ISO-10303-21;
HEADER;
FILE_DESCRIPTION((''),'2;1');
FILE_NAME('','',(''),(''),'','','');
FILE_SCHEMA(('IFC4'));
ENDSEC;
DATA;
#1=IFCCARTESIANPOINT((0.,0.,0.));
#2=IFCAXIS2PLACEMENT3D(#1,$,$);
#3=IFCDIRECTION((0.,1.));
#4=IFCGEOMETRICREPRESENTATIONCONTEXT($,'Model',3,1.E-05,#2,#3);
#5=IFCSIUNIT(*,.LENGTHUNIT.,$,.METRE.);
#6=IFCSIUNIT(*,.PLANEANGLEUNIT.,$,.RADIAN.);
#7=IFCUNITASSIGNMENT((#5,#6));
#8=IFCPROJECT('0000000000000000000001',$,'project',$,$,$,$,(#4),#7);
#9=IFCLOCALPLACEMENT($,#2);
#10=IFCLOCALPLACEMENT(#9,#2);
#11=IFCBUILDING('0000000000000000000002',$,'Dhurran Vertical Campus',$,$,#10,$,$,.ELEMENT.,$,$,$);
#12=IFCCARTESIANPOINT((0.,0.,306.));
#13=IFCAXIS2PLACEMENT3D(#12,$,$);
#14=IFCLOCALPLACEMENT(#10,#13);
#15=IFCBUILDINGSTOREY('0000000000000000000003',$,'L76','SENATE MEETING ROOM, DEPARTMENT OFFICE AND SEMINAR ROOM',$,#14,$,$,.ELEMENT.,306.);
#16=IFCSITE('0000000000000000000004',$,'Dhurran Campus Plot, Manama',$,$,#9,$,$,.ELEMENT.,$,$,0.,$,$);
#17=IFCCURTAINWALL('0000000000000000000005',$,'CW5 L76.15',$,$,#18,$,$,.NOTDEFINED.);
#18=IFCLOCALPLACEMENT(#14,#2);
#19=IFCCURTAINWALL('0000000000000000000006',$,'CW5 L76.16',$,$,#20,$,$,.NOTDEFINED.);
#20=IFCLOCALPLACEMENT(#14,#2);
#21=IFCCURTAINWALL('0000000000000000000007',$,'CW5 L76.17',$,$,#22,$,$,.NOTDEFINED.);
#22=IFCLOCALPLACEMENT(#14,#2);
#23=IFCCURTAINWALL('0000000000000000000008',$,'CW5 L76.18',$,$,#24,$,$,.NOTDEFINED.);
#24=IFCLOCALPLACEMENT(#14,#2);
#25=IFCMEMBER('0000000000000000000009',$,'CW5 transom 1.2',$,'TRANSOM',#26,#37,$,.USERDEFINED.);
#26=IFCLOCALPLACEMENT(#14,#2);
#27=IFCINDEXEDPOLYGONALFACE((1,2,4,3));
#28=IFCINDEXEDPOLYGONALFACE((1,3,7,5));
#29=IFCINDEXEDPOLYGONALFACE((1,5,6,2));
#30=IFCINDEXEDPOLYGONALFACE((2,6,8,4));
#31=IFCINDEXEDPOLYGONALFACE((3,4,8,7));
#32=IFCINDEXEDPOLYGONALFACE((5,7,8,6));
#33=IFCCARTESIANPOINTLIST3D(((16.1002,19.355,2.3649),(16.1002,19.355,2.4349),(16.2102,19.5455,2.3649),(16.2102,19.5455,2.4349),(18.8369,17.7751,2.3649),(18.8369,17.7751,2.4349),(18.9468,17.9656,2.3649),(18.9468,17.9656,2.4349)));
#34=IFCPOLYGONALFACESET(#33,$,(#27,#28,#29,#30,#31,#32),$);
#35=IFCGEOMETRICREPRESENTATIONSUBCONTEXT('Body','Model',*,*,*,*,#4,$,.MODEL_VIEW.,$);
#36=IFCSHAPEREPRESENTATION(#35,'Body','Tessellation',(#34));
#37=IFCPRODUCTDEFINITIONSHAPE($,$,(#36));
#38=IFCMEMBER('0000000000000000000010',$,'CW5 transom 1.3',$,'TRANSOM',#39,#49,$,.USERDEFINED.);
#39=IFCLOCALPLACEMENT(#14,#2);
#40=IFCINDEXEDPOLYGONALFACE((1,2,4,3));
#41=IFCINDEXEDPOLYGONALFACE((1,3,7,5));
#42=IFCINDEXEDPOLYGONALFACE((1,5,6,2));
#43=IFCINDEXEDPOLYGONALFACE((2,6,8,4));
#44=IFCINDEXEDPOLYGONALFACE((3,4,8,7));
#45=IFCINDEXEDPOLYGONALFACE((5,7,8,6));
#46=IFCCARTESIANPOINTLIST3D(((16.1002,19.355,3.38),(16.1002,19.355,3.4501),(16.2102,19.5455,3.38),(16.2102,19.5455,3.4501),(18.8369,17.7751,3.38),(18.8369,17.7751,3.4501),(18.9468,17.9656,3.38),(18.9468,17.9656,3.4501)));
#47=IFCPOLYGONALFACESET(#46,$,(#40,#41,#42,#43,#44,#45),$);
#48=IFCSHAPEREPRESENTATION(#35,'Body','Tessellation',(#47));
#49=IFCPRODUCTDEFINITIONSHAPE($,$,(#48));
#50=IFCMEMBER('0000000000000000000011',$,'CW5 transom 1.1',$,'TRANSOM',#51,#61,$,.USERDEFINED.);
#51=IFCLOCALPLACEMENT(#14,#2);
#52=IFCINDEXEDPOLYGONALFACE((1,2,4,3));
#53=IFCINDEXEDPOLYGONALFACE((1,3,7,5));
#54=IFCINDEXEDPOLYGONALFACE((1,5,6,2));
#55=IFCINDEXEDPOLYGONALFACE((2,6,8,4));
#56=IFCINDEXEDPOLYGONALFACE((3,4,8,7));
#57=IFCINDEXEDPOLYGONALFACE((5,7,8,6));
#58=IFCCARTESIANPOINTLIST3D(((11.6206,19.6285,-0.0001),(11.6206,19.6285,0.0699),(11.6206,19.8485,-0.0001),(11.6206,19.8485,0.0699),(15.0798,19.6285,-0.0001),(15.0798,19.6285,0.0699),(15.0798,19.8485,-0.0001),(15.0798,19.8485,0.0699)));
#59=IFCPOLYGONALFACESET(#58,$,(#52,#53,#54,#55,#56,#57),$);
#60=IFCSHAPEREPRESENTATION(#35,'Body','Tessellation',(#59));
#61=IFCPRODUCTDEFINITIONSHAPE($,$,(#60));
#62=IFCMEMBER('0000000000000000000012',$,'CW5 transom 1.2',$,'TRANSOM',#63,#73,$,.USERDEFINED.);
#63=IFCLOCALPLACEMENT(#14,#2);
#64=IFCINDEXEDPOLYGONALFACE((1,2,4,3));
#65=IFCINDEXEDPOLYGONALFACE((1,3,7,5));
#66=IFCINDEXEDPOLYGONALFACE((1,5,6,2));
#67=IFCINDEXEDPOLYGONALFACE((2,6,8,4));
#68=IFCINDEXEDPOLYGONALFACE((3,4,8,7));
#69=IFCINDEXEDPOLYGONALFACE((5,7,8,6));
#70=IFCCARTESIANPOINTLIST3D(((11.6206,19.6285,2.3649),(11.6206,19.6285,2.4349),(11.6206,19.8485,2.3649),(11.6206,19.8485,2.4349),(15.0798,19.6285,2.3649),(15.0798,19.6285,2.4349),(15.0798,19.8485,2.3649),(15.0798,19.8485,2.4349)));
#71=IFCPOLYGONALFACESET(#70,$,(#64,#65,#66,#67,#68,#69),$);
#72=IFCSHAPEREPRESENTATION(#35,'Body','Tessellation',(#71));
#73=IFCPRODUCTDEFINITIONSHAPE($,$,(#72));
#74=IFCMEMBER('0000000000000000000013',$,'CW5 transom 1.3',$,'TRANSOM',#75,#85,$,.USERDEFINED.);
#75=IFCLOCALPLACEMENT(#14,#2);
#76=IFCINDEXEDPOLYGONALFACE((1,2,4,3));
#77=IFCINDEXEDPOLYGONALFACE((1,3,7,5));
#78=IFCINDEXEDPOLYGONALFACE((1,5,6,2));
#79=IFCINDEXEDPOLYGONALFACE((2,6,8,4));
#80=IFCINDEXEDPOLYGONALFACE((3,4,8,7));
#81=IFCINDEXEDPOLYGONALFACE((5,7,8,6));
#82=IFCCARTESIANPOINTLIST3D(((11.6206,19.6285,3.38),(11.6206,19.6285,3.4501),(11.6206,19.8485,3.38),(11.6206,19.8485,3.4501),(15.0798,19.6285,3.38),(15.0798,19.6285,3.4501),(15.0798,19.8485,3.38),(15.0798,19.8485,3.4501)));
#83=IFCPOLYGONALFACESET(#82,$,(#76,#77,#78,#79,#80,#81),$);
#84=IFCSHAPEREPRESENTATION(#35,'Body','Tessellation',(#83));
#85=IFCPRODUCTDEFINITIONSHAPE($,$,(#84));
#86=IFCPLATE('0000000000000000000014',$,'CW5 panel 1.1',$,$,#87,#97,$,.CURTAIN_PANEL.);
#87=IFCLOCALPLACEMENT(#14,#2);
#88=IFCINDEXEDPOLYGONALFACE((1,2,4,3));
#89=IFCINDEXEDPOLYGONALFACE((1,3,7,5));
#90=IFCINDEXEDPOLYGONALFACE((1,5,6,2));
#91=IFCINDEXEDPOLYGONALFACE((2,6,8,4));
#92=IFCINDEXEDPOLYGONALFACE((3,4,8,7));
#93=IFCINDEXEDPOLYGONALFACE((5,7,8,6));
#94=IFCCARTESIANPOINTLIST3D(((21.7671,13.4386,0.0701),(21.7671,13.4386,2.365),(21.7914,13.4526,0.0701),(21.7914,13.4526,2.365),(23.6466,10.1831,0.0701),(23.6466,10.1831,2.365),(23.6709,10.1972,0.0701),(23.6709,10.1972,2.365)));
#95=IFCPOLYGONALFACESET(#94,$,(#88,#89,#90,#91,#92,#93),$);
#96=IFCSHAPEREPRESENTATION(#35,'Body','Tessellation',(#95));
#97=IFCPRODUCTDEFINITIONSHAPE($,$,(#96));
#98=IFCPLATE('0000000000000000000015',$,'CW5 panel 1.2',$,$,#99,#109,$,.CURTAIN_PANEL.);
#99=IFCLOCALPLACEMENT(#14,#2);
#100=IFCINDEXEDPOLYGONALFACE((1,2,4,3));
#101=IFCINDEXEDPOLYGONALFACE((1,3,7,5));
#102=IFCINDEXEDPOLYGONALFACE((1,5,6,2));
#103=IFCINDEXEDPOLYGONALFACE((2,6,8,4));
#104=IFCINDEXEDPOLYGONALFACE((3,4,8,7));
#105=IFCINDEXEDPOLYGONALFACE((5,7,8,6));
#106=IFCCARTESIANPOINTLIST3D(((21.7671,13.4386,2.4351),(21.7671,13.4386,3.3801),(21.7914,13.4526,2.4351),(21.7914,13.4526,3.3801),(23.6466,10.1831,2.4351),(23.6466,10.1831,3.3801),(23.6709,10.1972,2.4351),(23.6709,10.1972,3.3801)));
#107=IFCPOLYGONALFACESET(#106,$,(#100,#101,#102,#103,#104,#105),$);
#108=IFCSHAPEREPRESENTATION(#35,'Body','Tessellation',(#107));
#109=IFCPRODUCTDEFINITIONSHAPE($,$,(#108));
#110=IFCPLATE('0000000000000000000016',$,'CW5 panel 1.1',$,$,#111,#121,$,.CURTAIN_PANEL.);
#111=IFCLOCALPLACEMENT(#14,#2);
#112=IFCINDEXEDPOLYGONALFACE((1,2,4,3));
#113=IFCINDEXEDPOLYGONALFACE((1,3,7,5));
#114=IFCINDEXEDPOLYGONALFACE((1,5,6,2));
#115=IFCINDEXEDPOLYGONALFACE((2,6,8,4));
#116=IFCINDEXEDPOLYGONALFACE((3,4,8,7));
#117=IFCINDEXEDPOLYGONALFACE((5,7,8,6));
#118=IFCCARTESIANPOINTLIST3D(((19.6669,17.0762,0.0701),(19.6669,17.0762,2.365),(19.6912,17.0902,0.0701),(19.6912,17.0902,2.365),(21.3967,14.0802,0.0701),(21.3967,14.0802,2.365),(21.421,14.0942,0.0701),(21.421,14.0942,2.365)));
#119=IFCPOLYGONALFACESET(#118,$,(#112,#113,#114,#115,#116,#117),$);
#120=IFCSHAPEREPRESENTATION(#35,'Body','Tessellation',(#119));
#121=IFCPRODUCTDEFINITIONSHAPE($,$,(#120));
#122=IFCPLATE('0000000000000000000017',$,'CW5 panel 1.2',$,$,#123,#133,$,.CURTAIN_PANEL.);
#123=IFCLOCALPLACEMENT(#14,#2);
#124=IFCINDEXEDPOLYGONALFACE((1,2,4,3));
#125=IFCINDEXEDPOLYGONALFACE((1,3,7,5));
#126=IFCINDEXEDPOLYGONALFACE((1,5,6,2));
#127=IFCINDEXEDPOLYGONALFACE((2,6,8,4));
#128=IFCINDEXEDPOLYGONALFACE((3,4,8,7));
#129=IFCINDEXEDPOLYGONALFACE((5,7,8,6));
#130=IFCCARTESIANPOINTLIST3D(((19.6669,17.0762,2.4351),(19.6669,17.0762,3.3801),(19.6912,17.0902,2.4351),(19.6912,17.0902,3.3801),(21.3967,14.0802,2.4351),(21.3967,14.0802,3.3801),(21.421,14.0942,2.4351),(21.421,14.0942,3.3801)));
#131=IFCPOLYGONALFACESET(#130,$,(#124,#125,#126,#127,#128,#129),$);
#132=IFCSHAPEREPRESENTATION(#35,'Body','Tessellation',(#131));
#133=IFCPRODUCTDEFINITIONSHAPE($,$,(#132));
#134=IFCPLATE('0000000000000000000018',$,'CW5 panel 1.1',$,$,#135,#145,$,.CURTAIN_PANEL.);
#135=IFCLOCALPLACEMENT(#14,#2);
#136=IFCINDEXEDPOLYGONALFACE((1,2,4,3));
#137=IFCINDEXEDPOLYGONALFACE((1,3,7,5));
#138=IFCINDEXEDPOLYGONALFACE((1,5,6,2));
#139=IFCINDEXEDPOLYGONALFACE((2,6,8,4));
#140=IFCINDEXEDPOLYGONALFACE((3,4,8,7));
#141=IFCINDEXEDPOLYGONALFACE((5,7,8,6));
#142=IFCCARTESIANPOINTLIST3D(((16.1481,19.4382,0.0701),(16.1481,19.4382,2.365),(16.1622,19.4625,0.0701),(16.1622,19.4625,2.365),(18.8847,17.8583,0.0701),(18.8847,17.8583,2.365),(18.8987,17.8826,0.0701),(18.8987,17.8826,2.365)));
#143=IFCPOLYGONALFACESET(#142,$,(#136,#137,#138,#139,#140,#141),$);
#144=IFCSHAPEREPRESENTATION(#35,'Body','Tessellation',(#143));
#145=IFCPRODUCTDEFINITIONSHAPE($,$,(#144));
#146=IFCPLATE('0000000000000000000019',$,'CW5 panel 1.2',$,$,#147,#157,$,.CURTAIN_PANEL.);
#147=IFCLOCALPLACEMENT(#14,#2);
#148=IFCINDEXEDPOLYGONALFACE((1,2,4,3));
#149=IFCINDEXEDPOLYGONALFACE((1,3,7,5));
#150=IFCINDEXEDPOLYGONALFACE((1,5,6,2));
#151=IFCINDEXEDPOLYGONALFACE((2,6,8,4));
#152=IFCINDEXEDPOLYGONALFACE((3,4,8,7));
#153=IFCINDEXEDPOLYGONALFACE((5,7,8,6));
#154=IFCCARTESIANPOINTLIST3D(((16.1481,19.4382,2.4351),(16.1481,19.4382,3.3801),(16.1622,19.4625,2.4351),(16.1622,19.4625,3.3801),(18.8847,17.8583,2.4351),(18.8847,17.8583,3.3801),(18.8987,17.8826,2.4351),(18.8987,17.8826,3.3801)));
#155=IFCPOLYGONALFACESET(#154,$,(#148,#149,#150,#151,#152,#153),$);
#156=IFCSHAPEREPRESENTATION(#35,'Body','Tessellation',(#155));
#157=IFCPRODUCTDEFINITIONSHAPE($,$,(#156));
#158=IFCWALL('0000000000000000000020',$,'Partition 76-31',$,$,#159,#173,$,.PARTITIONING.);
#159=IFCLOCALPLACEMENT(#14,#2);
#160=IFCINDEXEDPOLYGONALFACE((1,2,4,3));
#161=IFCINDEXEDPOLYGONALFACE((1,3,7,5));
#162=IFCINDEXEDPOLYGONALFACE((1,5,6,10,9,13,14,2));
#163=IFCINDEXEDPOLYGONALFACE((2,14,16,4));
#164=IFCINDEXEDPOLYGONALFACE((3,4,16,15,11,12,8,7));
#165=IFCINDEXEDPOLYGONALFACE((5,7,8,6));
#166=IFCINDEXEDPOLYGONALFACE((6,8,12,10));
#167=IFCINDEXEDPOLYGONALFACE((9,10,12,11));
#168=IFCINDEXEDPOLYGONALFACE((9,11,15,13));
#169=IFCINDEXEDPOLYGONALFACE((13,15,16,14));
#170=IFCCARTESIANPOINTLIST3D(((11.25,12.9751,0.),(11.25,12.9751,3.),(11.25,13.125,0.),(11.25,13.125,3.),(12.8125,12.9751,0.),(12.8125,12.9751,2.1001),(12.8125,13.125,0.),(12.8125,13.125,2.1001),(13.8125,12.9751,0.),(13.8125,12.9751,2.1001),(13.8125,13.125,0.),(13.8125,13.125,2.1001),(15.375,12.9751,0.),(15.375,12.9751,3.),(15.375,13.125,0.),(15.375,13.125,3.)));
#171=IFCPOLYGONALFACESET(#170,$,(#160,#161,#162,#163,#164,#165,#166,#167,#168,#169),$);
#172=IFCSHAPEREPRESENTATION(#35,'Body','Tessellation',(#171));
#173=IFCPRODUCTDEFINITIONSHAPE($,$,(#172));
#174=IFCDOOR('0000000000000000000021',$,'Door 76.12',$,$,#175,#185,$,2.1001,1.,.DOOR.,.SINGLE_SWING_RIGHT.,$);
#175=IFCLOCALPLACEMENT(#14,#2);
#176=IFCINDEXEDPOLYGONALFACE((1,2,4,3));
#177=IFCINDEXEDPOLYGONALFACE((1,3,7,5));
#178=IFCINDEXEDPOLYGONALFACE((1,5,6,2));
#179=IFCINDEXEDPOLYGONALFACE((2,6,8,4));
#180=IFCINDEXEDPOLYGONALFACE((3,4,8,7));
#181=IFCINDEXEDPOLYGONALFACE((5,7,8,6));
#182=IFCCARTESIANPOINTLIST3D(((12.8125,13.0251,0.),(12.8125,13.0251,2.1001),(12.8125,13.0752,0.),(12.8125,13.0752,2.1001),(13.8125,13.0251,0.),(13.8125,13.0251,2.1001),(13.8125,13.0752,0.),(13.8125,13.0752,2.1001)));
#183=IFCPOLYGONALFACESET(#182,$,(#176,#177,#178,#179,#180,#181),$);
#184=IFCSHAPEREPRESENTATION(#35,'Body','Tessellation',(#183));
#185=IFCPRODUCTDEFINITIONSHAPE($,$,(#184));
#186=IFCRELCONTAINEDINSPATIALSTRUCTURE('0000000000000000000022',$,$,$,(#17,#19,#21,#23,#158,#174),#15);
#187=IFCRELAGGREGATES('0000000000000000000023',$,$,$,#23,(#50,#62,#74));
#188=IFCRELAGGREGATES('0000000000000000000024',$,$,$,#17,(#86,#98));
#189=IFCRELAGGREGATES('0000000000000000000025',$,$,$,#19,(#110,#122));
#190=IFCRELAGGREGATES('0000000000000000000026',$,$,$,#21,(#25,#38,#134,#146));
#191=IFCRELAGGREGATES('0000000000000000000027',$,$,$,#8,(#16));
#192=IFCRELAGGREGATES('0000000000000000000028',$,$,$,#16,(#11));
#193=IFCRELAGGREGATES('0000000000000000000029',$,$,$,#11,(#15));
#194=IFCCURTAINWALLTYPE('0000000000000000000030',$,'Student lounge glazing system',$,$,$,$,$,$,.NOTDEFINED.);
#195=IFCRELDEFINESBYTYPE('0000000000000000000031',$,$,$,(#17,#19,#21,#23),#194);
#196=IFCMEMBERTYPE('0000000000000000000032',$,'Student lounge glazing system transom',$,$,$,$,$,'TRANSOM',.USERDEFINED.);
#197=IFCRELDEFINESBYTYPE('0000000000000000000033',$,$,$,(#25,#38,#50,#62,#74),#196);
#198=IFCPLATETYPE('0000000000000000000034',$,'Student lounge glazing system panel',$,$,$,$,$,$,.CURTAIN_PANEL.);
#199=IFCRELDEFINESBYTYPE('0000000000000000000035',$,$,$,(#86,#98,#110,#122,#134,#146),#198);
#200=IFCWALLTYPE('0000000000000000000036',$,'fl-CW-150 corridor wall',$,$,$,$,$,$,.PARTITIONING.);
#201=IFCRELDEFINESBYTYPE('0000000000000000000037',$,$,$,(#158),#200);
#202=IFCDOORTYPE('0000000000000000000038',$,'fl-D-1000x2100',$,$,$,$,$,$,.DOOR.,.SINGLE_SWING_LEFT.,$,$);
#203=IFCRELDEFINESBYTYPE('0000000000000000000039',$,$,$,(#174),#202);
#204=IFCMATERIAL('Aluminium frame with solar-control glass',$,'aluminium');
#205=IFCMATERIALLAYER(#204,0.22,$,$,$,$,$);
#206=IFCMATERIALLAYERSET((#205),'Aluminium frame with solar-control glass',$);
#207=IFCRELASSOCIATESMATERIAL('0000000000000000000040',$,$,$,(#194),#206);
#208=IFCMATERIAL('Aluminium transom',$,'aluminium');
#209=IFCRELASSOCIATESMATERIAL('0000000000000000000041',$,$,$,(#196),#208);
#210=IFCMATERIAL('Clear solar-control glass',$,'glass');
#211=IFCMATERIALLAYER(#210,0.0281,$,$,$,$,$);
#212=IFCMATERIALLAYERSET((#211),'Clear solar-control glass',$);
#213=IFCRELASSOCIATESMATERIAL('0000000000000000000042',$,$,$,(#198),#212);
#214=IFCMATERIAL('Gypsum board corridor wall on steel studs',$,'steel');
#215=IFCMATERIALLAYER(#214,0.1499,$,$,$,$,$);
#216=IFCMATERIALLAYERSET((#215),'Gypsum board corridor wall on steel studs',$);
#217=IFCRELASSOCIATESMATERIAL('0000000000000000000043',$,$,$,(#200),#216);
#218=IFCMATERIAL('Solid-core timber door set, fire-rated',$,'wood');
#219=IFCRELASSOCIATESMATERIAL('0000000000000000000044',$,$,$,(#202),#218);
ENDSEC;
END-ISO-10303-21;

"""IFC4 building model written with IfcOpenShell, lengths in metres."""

from ifc_helpers import new_model, si_unit, direction, frame, frame_2d, origin, origin_2d, place, context, subcontext, project, spatial, rectangle, extrude, material, layer, layer_set, material_profile, profile_set, type_object, element, fill, aggregate, save


model = new_model("IFC4")

# Units and contexts
model_context = context("Model", 3, precision=1e-05, world=origin(), true_north=direction((0.0, 1.0)))
body_context = subcontext(model_context, "Body", "Model", "MODEL_VIEW")
ifc_project = project(units=[si_unit("LENGTHUNIT", "METRE"), si_unit("PLANEANGLEUNIT", "RADIAN")], contexts=[model_context])

# Site, building, storey
site_placement = place(None, origin())
site = spatial("IfcSite", under=ifc_project, at=site_placement, Name="Dhurran Campus Plot, Manama", CompositionType="ELEMENT", RefElevation=0.0)
building_placement = place(site_placement, origin())
building = spatial("IfcBuilding", under=site, at=building_placement, Name="Dhurran Vertical Campus", CompositionType="ELEMENT")
storey_placement = place(building_placement, frame((0.0, 0.0, 306.0)))
storey = spatial("IfcBuildingStorey", under=building, at=storey_placement, Name="L76", Description="SENATE MEETING ROOM, DEPARTMENT OFFICE AND SEMINAR ROOM", CompositionType="ELEMENT", Elevation=306.0)

# Curtain wall
ifc_material_1 = material(Name="Aluminium frame with solar-control glass", Category="aluminium")
ifc_layer_1 = layer(ifc_material_1, 0.22)
ifc_layer_set_1 = layer_set([ifc_layer_1], Name="Aluminium frame with solar-control glass")
curtain_wall_type = type_object("IfcCurtainWallType", Name="Student lounge glazing system", PredefinedType="NOTDEFINED", material=ifc_layer_set_1)
curtain_wall_1_placement = place(storey_placement, origin())
curtain_wall_1 = element("IfcCurtainWall", 1, at=curtain_wall_1_placement, inside=storey, type_object=curtain_wall_type, Name="CW5 L76.15", PredefinedType="NOTDEFINED")

# Curtain walls
curtain_wall_2_placement = place(storey_placement, origin())
curtain_wall_2 = element("IfcCurtainWall", 2, at=curtain_wall_2_placement, inside=storey, type_object=curtain_wall_type, Name="CW5 L76.16", PredefinedType="NOTDEFINED")
curtain_wall_3_placement = place(storey_placement, origin())
curtain_wall_3 = element("IfcCurtainWall", 3, at=curtain_wall_3_placement, inside=storey, type_object=curtain_wall_type, Name="CW5 L76.17", PredefinedType="NOTDEFINED")

# Curtain wall
curtain_wall_4_placement = place(storey_placement, origin())
curtain_wall_4 = element("IfcCurtainWall", 4, at=curtain_wall_4_placement, inside=storey, type_object=curtain_wall_type, Name="CW5 L76.18", PredefinedType="NOTDEFINED")

# Members
ifc_material_2 = material(Name="Aluminium transom", Category="aluminium")
ifc_material_profile_1 = material_profile(ifc_material_2, rectangle(XDim=0.22, YDim=0.0701, at=origin_2d()), Name="Student lounge glazing system transom")
ifc_profile_set_1 = profile_set([ifc_material_profile_1], Name="Aluminium transom")
member_type_1 = type_object("IfcMemberType", Name="Student lounge glazing system transom", ElementType="TRANSOM", PredefinedType="USERDEFINED", material=ifc_profile_set_1)
member_1_placement = place(storey_placement, frame((18.8918, 17.8704, 2.3999), z_axis=(-0.866043, 0.49997, 0.0), x_axis=(-0.49997, -0.866043, 0.0)))
member_1 = element("IfcMember", 5, at=member_1_placement, type_object=member_type_1, Name="CW5 transom 1.2", ObjectType="TRANSOM", PredefinedType="USERDEFINED", context=body_context, shape_type="SweptSolid", body=[
    extrude(rectangle(XDim=0.22, YDim=0.0701, at=origin_2d()), origin(), (0.0, 0.0, 1.0), 3.1599),
])
member_2_placement = place(storey_placement, frame((18.8918, 17.8704, 3.415), z_axis=(-0.866043, 0.49997, 0.0), x_axis=(-0.49997, -0.866043, 0.0)))
member_2 = element("IfcMember", 6, at=member_2_placement, type_object=member_type_1, Name="CW5 transom 1.3", ObjectType="TRANSOM", PredefinedType="USERDEFINED", context=body_context, shape_type="SweptSolid", body=[
    extrude(rectangle(XDim=0.22, YDim=0.0701, at=origin_2d()), origin(), (0.0, 0.0, 1.0), 3.1599),
])
member_3_placement = place(storey_placement, frame((15.0798, 19.7385, 0.0349), z_axis=(-1.0, 0.0, 0.0), x_axis=(0.0, -1.0, 0.0)))
member_3 = element("IfcMember", 7, at=member_3_placement, type_object=member_type_1, Name="CW5 transom 1.1", ObjectType="TRANSOM", PredefinedType="USERDEFINED", context=body_context, shape_type="SweptSolid", body=[
    extrude(rectangle(XDim=0.22, YDim=0.0701, at=origin_2d()), origin(), (0.0, 0.0, 1.0), 3.4592),
])
member_4_placement = place(storey_placement, frame((15.0798, 19.7385, 2.3999), z_axis=(-1.0, 0.0, 0.0), x_axis=(0.0, -1.0, 0.0)))
member_4 = element("IfcMember", 8, at=member_4_placement, type_object=member_type_1, Name="CW5 transom 1.2", ObjectType="TRANSOM", PredefinedType="USERDEFINED", context=body_context, shape_type="SweptSolid", body=[
    extrude(rectangle(XDim=0.22, YDim=0.0701, at=origin_2d()), origin(), (0.0, 0.0, 1.0), 3.4592),
])
member_5_placement = place(storey_placement, frame((15.0798, 19.7385, 3.415), z_axis=(-1.0, 0.0, 0.0), x_axis=(0.0, -1.0, 0.0)))
member_5 = element("IfcMember", 9, at=member_5_placement, type_object=member_type_1, Name="CW5 transom 1.3", ObjectType="TRANSOM", PredefinedType="USERDEFINED", context=body_context, shape_type="SweptSolid", body=[
    extrude(rectangle(XDim=0.22, YDim=0.0701, at=origin_2d()), origin(), (0.0, 0.0, 1.0), 3.4592),
])
aggregate(curtain_wall_4, [member_3, member_4, member_5])

# Plates
ifc_material_3 = material(Name="Clear solar-control glass", Category="glass")
ifc_layer_2 = layer(ifc_material_3, 0.0281)
ifc_layer_set_2 = layer_set([ifc_layer_2], Name="Clear solar-control glass")
plate_type = type_object("IfcPlateType", Name="Student lounge glazing system panel", PredefinedType="CURTAIN_PANEL", material=ifc_layer_set_2)
plate_1_placement = place(storey_placement, frame((22.719, 11.8179, 0.0701), z_axis=(0.0, 0.0, 1.0), x_axis=(-0.500004, 0.866023, 0.0)))
plate_1 = element("IfcPlate", 10, at=plate_1_placement, type_object=plate_type, Name="CW5 panel 1.1", PredefinedType="CURTAIN_PANEL", context=body_context, shape_type="SweptSolid", body=[
    extrude(rectangle(XDim=3.759, YDim=0.0281, at=origin_2d()), origin(), (0.0, 0.0, 1.0), 2.2949),
])
plate_2_placement = place(storey_placement, frame((22.719, 11.8179, 2.4351), z_axis=(0.0, 0.0, 1.0), x_axis=(-0.500004, 0.866023, 0.0)))
plate_2 = element("IfcPlate", 11, at=plate_2_placement, type_object=plate_type, Name="CW5 panel 1.2", PredefinedType="CURTAIN_PANEL", context=body_context, shape_type="SweptSolid", body=[
    extrude(rectangle(XDim=3.759, YDim=0.0281, at=origin_2d()), origin(), (0.0, 0.0, 1.0), 0.9451),
])
aggregate(curtain_wall_1, [plate_1, plate_2])
plate_3_placement = place(storey_placement, frame((20.5439, 15.5852, 0.0701), z_axis=(0.0, 0.0, 1.0), x_axis=(-0.499997, 0.866027, 0.0)))
plate_3 = element("IfcPlate", 12, at=plate_3_placement, type_object=plate_type, Name="CW5 panel 1.1", PredefinedType="CURTAIN_PANEL", context=body_context, shape_type="SweptSolid", body=[
    extrude(rectangle(XDim=3.4595, YDim=0.0281, at=origin_2d()), origin(), (0.0, 0.0, 1.0), 2.2949),
])
plate_4_placement = place(storey_placement, frame((20.5439, 15.5852, 2.4351), z_axis=(0.0, 0.0, 1.0), x_axis=(-0.499997, 0.866027, 0.0)))
plate_4 = element("IfcPlate", 13, at=plate_4_placement, type_object=plate_type, Name="CW5 panel 1.2", PredefinedType="CURTAIN_PANEL", context=body_context, shape_type="SweptSolid", body=[
    extrude(rectangle(XDim=3.4595, YDim=0.0281, at=origin_2d()), origin(), (0.0, 0.0, 1.0), 0.9451),
])
aggregate(curtain_wall_2, [plate_3, plate_4])
plate_5_placement = place(storey_placement, frame((17.5234, 18.6604, 0.0701), z_axis=(0.0, 0.0, 1.0), x_axis=(-0.866025, 0.500001, 0.0)))
plate_5 = element("IfcPlate", 14, at=plate_5_placement, type_object=plate_type, Name="CW5 panel 1.1", PredefinedType="CURTAIN_PANEL", context=body_context, shape_type="SweptSolid", body=[
    extrude(rectangle(XDim=3.1599, YDim=0.0281, at=origin_2d()), origin(), (0.0, 0.0, 1.0), 2.2949),
])
plate_6_placement = place(storey_placement, frame((17.5234, 18.6604, 2.4351), z_axis=(0.0, 0.0, 1.0), x_axis=(-0.866025, 0.500001, 0.0)))
plate_6 = element("IfcPlate", 15, at=plate_6_placement, type_object=plate_type, Name="CW5 panel 1.2", PredefinedType="CURTAIN_PANEL", context=body_context, shape_type="SweptSolid", body=[
    extrude(rectangle(XDim=3.1599, YDim=0.0281, at=origin_2d()), origin(), (0.0, 0.0, 1.0), 0.9451),
])
aggregate(curtain_wall_3, [member_1, member_2, plate_5, plate_6])

# Wall, opening, door
ifc_material_4 = material(Name="Gypsum board corridor wall on steel studs", Category="steel")
ifc_layer_3 = layer(ifc_material_4, 0.1499)
ifc_layer_set_3 = layer_set([ifc_layer_3], Name="Gypsum board corridor wall on steel studs")
wall_type_1 = type_object("IfcWallType", Name="fl-CW-150 corridor wall", PredefinedType="PARTITIONING", material=ifc_layer_set_3)
wall_1_placement = place(storey_placement, frame((15.375, 13.05, 0.0), z_axis=(0.0, 0.0, 1.0), x_axis=(-1.0, 0.0, 0.0)))
wall_1 = element("IfcWall", 16, at=wall_1_placement, inside=storey, type_object=wall_type_1, Name="Partition 76-31", PredefinedType="PARTITIONING", context=body_context, shape_type="SweptSolid", body=[
    extrude(rectangle(XDim=4.125, YDim=0.1499, at=frame_2d((2.0625, 0.0))), origin(), (0.0, 0.0, 1.0), 3.0),
])
opening_placement = place(wall_1_placement, frame((1.5625, 0.0, 0.0)))
opening = element("IfcOpeningElement", 17, at=opening_placement, cuts=wall_1, PredefinedType="OPENING", context=body_context, shape_type="SweptSolid", body=[
    extrude(rectangle(XDim=1.0, YDim=2.1001, at=frame_2d((0.5, 1.05))), frame((0.0, 0.085, 0.0), z_axis=(0.0, -1.0, 0.0), x_axis=(1.0, 0.0, 0.0)), (0.0, 0.0, 1.0), 0.1699),
])
ifc_material_5 = material(Name="Solid-core timber door set, fire-rated", Category="wood")
door_type = type_object("IfcDoorType", Name="fl-D-1000x2100", OperationType="SINGLE_SWING_LEFT", PredefinedType="DOOR", material=ifc_material_5)
door_placement = place(opening_placement, origin())
door = element("IfcDoor", 18, at=door_placement, inside=storey, type_object=door_type, Name="Door 76.12", OperationType="SINGLE_SWING_RIGHT", OverallHeight=2.1001, OverallWidth=1.0, PredefinedType="DOOR", context=body_context, shape_type="SweptSolid", body=[
    extrude(rectangle(XDim=1.0, YDim=2.1001, at=frame_2d((0.5, 1.05))), frame((0.0, 0.0249, 0.0), z_axis=(0.0, -1.0, 0.0), x_axis=(1.0, 0.0, 0.0)), (0.0, 0.0, 1.0), 0.05),
])
fill(opening, door)

save(model, "model.ifc")
